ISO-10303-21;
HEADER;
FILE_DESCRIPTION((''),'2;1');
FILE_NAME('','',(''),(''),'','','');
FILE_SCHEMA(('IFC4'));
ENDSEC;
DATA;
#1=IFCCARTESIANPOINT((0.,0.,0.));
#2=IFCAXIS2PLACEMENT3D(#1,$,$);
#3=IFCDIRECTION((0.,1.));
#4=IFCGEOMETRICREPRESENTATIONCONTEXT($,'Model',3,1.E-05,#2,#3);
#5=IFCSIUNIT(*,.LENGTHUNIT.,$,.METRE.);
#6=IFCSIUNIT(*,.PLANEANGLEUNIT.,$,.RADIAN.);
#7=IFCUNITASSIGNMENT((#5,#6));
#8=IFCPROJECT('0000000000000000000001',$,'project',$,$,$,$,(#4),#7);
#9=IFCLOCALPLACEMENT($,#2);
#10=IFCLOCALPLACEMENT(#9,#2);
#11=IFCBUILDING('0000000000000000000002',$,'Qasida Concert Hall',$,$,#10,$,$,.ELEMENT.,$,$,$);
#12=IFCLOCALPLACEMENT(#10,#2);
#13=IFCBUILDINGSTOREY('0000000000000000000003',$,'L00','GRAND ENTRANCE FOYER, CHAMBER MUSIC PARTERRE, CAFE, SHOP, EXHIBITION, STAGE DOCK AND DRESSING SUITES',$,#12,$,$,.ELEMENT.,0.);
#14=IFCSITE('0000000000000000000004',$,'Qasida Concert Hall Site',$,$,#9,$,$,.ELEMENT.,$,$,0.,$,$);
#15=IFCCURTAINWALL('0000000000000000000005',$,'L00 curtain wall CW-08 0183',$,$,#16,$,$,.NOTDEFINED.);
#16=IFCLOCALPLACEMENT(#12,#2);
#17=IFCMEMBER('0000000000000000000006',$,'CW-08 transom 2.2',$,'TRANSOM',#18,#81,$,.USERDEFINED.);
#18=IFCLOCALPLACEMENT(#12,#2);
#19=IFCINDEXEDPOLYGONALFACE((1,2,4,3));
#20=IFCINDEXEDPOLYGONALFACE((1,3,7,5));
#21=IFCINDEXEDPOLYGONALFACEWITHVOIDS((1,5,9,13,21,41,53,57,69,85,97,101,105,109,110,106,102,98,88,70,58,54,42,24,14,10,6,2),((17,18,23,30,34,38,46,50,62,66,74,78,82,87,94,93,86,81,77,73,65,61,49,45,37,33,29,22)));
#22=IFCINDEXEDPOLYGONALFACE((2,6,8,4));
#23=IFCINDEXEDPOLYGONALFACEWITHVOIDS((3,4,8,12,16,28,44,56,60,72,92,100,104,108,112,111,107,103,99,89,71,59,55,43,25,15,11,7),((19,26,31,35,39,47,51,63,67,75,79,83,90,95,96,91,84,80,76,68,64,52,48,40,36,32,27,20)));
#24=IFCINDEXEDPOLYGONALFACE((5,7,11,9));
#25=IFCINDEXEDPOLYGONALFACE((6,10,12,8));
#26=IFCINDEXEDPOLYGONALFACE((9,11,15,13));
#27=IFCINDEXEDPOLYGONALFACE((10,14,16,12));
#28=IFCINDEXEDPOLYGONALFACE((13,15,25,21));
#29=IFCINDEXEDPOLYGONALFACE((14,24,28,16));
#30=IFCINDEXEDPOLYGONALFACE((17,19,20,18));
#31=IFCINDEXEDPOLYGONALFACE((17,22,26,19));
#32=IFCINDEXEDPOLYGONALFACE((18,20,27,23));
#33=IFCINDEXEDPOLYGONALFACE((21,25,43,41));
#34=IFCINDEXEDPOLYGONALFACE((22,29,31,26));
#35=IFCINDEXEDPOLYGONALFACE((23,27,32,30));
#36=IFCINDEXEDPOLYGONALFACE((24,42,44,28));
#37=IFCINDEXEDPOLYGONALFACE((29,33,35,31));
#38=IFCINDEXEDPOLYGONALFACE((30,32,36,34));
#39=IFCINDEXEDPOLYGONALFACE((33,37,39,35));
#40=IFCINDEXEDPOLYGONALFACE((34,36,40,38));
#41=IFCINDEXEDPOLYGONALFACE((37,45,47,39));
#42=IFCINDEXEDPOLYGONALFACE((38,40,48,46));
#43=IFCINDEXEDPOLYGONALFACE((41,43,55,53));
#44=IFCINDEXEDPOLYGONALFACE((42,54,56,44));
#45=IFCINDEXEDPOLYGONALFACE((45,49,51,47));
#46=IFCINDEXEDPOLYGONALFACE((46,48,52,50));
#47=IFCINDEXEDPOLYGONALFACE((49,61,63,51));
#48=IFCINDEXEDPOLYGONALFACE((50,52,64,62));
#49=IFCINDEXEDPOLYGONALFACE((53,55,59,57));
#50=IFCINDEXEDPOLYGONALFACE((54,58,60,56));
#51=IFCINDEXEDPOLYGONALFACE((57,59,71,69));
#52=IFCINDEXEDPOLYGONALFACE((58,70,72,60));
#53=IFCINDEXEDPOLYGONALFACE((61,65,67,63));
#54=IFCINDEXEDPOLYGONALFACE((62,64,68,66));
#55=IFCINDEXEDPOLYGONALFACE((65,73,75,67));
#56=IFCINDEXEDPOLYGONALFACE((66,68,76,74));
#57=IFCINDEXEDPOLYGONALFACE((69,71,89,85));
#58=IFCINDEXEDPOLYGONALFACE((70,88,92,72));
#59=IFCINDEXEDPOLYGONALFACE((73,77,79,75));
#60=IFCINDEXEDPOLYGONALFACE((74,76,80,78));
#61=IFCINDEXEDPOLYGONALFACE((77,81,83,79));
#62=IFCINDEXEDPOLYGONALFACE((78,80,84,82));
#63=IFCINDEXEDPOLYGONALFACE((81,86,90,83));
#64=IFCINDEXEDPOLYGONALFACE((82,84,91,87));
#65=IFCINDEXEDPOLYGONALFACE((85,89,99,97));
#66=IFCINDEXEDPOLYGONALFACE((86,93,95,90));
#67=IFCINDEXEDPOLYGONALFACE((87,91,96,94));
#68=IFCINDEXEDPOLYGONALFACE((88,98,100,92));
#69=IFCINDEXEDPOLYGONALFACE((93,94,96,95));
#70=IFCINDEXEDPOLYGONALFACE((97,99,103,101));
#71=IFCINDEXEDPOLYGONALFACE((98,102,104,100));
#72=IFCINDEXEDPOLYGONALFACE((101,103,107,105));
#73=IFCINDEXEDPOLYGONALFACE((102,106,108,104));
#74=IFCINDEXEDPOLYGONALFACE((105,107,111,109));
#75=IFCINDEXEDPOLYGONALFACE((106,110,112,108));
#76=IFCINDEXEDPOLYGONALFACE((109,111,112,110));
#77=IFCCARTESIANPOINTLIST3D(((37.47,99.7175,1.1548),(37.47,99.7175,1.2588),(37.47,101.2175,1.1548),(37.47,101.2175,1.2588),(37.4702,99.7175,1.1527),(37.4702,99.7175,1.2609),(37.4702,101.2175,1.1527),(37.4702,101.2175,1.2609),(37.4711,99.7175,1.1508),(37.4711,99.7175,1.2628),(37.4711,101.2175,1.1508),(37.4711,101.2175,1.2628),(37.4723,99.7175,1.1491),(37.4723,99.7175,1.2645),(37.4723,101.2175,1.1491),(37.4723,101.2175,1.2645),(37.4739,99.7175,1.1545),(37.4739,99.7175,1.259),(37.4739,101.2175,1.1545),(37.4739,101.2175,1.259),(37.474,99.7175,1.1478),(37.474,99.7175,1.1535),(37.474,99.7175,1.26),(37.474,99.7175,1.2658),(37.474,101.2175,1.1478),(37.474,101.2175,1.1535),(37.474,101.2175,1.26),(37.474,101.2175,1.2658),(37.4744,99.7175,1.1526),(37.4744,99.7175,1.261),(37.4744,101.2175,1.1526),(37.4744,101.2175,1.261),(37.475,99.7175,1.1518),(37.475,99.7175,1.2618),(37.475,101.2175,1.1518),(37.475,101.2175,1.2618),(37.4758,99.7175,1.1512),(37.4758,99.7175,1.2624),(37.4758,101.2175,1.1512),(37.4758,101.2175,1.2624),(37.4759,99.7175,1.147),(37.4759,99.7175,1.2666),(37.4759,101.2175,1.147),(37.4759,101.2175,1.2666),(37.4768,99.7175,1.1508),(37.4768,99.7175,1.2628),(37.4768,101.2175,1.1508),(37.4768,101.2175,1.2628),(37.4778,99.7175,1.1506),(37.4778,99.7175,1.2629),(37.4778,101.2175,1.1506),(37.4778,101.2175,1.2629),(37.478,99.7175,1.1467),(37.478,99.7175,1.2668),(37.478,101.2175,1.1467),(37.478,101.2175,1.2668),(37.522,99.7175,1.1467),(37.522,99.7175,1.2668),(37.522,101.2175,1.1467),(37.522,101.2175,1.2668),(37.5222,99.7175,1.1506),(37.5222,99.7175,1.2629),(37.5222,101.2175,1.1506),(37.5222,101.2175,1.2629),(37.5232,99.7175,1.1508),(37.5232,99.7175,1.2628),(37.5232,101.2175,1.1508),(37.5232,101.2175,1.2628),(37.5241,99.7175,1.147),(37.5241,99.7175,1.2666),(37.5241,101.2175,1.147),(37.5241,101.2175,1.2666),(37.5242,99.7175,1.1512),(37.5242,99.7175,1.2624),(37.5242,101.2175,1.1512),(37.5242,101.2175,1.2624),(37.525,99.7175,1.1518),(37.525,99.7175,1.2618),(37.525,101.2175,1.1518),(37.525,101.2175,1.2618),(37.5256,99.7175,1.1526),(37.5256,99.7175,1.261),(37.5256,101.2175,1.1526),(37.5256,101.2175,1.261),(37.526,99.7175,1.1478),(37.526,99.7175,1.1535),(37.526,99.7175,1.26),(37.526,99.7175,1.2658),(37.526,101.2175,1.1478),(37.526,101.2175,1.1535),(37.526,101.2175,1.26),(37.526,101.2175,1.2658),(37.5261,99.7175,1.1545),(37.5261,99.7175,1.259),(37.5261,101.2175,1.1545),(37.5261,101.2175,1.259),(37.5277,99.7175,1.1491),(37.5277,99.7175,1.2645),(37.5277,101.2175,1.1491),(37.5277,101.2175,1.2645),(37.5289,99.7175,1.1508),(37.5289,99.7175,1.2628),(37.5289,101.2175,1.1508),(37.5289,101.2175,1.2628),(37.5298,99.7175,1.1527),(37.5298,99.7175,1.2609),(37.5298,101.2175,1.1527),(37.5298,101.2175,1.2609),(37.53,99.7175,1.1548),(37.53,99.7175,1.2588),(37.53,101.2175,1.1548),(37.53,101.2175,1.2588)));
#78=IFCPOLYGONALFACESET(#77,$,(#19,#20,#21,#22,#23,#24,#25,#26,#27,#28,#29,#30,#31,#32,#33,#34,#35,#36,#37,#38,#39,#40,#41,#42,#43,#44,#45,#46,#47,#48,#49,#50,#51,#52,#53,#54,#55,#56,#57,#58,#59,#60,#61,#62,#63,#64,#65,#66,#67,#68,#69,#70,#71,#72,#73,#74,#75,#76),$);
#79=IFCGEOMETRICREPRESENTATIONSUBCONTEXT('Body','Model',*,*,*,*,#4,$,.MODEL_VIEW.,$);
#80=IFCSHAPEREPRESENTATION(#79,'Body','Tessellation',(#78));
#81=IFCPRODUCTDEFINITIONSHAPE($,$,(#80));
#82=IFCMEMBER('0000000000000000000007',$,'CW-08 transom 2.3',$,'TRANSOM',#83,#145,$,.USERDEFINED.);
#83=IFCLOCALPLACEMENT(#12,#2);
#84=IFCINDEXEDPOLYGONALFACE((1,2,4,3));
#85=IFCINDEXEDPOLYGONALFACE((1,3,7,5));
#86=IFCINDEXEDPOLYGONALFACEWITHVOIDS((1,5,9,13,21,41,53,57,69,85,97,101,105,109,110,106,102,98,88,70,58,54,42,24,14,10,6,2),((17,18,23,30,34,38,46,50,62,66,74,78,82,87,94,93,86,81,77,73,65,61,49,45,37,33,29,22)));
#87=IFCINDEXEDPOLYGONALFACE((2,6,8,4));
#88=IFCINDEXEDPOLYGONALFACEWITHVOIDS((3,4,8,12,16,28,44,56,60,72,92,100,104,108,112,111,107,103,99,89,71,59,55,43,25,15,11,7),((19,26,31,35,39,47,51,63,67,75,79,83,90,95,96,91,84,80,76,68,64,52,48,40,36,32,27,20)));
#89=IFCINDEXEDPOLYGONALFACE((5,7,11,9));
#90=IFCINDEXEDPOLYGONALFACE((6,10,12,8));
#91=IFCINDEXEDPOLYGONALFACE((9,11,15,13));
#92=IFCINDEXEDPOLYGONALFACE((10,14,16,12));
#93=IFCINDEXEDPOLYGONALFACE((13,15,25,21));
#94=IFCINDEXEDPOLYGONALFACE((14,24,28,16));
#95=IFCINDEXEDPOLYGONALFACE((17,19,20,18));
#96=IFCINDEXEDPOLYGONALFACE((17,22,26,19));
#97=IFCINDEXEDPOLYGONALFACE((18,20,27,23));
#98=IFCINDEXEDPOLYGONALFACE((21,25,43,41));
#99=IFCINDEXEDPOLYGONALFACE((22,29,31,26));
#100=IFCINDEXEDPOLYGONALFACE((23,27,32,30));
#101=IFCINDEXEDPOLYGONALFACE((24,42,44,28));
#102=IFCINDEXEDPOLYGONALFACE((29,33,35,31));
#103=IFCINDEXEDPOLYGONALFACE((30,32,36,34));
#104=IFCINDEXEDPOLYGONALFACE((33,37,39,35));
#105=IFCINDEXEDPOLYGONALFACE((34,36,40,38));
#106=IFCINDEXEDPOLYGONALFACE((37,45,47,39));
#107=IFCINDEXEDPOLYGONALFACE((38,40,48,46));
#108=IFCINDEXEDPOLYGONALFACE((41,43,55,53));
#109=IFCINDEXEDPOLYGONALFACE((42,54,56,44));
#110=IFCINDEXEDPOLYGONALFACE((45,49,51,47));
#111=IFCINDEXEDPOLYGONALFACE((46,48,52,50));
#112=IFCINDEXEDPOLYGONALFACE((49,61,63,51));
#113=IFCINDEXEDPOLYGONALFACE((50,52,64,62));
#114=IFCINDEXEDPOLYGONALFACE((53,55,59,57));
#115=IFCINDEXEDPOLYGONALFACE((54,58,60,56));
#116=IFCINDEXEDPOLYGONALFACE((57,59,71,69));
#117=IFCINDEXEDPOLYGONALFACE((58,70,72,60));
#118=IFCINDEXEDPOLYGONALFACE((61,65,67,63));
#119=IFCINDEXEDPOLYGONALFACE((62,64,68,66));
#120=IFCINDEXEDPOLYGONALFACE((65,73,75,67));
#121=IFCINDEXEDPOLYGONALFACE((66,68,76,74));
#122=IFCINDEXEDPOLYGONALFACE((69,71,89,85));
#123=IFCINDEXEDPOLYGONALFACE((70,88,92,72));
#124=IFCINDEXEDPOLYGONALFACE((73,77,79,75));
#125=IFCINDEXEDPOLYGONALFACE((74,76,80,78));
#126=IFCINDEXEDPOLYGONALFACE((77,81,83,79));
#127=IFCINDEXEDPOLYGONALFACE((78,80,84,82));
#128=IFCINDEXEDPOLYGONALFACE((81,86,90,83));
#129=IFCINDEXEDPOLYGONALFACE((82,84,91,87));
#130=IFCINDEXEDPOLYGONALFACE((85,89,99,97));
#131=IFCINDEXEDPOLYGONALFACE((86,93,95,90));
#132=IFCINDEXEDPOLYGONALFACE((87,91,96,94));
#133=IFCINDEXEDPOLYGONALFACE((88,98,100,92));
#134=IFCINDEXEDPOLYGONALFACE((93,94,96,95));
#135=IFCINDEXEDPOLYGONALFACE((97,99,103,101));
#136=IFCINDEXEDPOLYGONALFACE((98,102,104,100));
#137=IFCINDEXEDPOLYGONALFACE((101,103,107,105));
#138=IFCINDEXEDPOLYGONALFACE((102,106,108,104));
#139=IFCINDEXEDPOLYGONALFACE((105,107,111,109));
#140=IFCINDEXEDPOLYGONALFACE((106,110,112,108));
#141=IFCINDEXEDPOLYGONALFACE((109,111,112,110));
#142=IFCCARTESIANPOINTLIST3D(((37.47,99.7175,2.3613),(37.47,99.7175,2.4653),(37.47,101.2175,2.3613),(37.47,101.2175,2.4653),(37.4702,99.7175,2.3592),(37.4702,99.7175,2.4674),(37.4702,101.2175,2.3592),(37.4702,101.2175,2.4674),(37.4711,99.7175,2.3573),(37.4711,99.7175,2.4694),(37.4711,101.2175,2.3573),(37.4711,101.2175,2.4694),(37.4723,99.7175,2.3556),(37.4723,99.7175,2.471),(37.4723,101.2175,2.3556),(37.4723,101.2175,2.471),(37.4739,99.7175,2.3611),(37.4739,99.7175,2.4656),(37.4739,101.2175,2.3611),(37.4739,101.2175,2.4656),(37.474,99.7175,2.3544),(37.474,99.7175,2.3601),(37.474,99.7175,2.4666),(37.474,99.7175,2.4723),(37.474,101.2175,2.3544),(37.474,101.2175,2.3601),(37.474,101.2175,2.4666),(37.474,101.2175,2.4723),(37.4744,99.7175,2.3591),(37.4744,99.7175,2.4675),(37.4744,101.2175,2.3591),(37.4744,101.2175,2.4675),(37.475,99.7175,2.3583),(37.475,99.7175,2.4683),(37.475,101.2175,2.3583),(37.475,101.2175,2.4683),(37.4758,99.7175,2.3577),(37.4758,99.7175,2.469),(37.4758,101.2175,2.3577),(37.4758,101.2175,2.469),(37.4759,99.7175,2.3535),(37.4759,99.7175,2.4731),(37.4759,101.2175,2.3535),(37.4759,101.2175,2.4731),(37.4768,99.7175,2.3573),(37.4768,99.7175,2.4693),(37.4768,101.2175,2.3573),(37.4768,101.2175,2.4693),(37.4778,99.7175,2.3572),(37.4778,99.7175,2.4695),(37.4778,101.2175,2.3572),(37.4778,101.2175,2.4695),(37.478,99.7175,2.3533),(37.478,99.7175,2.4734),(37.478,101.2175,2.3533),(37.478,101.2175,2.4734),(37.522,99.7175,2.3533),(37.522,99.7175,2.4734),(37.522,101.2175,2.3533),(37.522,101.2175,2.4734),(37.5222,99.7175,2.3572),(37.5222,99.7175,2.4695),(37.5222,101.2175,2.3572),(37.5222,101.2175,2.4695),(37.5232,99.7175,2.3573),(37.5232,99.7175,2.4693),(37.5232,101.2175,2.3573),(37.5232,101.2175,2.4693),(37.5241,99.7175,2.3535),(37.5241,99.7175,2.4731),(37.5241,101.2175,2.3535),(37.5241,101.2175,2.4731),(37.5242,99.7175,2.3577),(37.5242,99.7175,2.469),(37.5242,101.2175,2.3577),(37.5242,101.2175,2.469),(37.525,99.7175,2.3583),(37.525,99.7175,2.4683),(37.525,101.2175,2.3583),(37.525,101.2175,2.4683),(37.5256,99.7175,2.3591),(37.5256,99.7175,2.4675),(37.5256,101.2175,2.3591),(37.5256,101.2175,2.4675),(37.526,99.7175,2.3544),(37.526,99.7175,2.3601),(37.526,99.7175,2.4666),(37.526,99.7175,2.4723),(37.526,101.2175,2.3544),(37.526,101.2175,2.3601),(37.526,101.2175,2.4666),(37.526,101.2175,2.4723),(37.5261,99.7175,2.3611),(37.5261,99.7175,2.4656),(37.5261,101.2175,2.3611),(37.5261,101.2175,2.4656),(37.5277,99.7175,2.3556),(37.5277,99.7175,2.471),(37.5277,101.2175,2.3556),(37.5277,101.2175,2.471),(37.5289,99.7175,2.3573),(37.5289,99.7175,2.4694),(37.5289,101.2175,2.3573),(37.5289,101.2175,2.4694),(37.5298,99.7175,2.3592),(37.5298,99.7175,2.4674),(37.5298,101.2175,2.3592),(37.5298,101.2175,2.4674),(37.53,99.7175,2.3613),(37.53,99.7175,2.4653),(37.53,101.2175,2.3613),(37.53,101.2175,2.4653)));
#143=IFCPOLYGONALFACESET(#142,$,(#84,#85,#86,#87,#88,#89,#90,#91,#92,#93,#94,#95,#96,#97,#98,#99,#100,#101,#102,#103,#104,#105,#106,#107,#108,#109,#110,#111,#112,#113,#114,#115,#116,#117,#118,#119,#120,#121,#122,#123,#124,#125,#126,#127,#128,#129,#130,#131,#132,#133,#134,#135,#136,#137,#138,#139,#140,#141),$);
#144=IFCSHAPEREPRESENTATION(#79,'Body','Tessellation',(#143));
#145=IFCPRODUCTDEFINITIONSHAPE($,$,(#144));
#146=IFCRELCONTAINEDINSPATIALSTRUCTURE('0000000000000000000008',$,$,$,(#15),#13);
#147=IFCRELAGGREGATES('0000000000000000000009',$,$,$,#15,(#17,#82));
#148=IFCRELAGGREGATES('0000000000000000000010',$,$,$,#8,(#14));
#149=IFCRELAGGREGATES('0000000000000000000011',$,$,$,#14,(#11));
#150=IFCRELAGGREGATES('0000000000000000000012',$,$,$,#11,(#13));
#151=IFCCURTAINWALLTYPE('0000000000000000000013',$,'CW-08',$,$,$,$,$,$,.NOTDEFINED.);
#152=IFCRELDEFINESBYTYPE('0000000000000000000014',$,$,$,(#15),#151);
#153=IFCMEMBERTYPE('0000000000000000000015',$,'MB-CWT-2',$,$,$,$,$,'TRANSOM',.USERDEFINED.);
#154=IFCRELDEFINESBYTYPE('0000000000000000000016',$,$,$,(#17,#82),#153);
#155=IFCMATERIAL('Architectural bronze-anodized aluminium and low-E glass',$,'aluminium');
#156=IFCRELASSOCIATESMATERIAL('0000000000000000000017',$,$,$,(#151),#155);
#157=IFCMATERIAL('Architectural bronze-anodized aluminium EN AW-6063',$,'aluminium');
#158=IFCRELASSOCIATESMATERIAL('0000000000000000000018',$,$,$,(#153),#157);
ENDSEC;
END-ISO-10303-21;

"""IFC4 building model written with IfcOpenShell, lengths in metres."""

from ifc_helpers import new_model, si_unit, direction, frame, origin, origin_2d, place, context, subcontext, project, spatial, hollow_rectangle, extrude, material, material_profile, profile_set, type_object, element, aggregate, save


model = new_model("IFC4")

# Units and contexts
model_context = context("Model", 3, precision=1e-05, world=origin(), true_north=direction((0.0, 1.0)))
body_context = subcontext(model_context, "Body", "Model", "MODEL_VIEW")
ifc_project = project(units=[si_unit("LENGTHUNIT", "METRE"), si_unit("PLANEANGLEUNIT", "RADIAN")], contexts=[model_context])

# Site, building, storey
site_placement = place(None, origin())
site = spatial("IfcSite", under=ifc_project, at=site_placement, Name="Qasida Concert Hall Site", CompositionType="ELEMENT", RefElevation=0.0)
building_placement = place(site_placement, origin())
building = spatial("IfcBuilding", under=site, at=building_placement, Name="Qasida Concert Hall", CompositionType="ELEMENT")
storey_placement = place(building_placement, origin())
storey = spatial("IfcBuildingStorey", under=building, at=storey_placement, Name="L00", Description="GRAND ENTRANCE FOYER, CHAMBER MUSIC PARTERRE, CAFE, SHOP, EXHIBITION, STAGE DOCK AND DRESSING SUITES", CompositionType="ELEMENT", Elevation=0.0)

# Shared definitions
ifc_material_1 = material(Name="Architectural bronze-anodized aluminium and low-E glass", Category="aluminium")
curtain_wall_type = type_object("IfcCurtainWallType", Name="CW-08", PredefinedType="NOTDEFINED", material=ifc_material_1)
ifc_material_2 = material(Name="Architectural bronze-anodized aluminium EN AW-6063", Category="aluminium")

# Curtain wall, members
curtain_wall_1_placement = place(storey_placement, origin())
curtain_wall_1 = element("IfcCurtainWall", 1, at=curtain_wall_1_placement, inside=storey, type_object=curtain_wall_type, Name="L00 curtain wall CW-08 0183", PredefinedType="NOTDEFINED")
ifc_material_profile_1 = material_profile(ifc_material_2, hollow_rectangle(XDim=0.0601, YDim=0.1201, WallThickness=0.0039, InnerFilletRadius=0.0039, OuterFilletRadius=0.0081, at=origin_2d()), Name="CWT 120x60x4")
ifc_profile_set_1 = profile_set([ifc_material_profile_1], Name="Architectural bronze-anodized aluminium EN AW-6063")
member_type_1 = type_object("IfcMemberType", Name="MB-CWT-2", ElementType="TRANSOM", PredefinedType="USERDEFINED", material=ifc_profile_set_1)
member_1_placement = place(storey_placement, frame((37.5, 99.7175, 1.2068), z_axis=(0.0, 1.0, 0.0), x_axis=(-1.0, 0.0, 0.0)))
member_1 = element("IfcMember", 2, at=member_1_placement, type_object=member_type_1, Name="CW-08 transom 2.2", ObjectType="TRANSOM", PredefinedType="USERDEFINED", context=body_context, shape_type="SweptSolid", body=[
    extrude(hollow_rectangle(XDim=0.0601, YDim=0.1201, WallThickness=0.0039, InnerFilletRadius=0.0039, OuterFilletRadius=0.0081, at=origin_2d()), origin(), (0.0, 0.0, 1.0), 1.5),
])
member_2_placement = place(storey_placement, frame((37.5, 99.7175, 2.4133), z_axis=(0.0, 1.0, 0.0), x_axis=(-1.0, 0.0, 0.0)))
member_2 = element("IfcMember", 3, at=member_2_placement, type_object=member_type_1, Name="CW-08 transom 2.3", ObjectType="TRANSOM", PredefinedType="USERDEFINED", context=body_context, shape_type="SweptSolid", body=[
    extrude(hollow_rectangle(XDim=0.0601, YDim=0.1201, WallThickness=0.0039, InnerFilletRadius=0.0039, OuterFilletRadius=0.0081, at=origin_2d()), origin(), (0.0, 0.0, 1.0), 1.5),
])

aggregate(curtain_wall_1, [member_1, member_2])

save(model, "model.ifc")
